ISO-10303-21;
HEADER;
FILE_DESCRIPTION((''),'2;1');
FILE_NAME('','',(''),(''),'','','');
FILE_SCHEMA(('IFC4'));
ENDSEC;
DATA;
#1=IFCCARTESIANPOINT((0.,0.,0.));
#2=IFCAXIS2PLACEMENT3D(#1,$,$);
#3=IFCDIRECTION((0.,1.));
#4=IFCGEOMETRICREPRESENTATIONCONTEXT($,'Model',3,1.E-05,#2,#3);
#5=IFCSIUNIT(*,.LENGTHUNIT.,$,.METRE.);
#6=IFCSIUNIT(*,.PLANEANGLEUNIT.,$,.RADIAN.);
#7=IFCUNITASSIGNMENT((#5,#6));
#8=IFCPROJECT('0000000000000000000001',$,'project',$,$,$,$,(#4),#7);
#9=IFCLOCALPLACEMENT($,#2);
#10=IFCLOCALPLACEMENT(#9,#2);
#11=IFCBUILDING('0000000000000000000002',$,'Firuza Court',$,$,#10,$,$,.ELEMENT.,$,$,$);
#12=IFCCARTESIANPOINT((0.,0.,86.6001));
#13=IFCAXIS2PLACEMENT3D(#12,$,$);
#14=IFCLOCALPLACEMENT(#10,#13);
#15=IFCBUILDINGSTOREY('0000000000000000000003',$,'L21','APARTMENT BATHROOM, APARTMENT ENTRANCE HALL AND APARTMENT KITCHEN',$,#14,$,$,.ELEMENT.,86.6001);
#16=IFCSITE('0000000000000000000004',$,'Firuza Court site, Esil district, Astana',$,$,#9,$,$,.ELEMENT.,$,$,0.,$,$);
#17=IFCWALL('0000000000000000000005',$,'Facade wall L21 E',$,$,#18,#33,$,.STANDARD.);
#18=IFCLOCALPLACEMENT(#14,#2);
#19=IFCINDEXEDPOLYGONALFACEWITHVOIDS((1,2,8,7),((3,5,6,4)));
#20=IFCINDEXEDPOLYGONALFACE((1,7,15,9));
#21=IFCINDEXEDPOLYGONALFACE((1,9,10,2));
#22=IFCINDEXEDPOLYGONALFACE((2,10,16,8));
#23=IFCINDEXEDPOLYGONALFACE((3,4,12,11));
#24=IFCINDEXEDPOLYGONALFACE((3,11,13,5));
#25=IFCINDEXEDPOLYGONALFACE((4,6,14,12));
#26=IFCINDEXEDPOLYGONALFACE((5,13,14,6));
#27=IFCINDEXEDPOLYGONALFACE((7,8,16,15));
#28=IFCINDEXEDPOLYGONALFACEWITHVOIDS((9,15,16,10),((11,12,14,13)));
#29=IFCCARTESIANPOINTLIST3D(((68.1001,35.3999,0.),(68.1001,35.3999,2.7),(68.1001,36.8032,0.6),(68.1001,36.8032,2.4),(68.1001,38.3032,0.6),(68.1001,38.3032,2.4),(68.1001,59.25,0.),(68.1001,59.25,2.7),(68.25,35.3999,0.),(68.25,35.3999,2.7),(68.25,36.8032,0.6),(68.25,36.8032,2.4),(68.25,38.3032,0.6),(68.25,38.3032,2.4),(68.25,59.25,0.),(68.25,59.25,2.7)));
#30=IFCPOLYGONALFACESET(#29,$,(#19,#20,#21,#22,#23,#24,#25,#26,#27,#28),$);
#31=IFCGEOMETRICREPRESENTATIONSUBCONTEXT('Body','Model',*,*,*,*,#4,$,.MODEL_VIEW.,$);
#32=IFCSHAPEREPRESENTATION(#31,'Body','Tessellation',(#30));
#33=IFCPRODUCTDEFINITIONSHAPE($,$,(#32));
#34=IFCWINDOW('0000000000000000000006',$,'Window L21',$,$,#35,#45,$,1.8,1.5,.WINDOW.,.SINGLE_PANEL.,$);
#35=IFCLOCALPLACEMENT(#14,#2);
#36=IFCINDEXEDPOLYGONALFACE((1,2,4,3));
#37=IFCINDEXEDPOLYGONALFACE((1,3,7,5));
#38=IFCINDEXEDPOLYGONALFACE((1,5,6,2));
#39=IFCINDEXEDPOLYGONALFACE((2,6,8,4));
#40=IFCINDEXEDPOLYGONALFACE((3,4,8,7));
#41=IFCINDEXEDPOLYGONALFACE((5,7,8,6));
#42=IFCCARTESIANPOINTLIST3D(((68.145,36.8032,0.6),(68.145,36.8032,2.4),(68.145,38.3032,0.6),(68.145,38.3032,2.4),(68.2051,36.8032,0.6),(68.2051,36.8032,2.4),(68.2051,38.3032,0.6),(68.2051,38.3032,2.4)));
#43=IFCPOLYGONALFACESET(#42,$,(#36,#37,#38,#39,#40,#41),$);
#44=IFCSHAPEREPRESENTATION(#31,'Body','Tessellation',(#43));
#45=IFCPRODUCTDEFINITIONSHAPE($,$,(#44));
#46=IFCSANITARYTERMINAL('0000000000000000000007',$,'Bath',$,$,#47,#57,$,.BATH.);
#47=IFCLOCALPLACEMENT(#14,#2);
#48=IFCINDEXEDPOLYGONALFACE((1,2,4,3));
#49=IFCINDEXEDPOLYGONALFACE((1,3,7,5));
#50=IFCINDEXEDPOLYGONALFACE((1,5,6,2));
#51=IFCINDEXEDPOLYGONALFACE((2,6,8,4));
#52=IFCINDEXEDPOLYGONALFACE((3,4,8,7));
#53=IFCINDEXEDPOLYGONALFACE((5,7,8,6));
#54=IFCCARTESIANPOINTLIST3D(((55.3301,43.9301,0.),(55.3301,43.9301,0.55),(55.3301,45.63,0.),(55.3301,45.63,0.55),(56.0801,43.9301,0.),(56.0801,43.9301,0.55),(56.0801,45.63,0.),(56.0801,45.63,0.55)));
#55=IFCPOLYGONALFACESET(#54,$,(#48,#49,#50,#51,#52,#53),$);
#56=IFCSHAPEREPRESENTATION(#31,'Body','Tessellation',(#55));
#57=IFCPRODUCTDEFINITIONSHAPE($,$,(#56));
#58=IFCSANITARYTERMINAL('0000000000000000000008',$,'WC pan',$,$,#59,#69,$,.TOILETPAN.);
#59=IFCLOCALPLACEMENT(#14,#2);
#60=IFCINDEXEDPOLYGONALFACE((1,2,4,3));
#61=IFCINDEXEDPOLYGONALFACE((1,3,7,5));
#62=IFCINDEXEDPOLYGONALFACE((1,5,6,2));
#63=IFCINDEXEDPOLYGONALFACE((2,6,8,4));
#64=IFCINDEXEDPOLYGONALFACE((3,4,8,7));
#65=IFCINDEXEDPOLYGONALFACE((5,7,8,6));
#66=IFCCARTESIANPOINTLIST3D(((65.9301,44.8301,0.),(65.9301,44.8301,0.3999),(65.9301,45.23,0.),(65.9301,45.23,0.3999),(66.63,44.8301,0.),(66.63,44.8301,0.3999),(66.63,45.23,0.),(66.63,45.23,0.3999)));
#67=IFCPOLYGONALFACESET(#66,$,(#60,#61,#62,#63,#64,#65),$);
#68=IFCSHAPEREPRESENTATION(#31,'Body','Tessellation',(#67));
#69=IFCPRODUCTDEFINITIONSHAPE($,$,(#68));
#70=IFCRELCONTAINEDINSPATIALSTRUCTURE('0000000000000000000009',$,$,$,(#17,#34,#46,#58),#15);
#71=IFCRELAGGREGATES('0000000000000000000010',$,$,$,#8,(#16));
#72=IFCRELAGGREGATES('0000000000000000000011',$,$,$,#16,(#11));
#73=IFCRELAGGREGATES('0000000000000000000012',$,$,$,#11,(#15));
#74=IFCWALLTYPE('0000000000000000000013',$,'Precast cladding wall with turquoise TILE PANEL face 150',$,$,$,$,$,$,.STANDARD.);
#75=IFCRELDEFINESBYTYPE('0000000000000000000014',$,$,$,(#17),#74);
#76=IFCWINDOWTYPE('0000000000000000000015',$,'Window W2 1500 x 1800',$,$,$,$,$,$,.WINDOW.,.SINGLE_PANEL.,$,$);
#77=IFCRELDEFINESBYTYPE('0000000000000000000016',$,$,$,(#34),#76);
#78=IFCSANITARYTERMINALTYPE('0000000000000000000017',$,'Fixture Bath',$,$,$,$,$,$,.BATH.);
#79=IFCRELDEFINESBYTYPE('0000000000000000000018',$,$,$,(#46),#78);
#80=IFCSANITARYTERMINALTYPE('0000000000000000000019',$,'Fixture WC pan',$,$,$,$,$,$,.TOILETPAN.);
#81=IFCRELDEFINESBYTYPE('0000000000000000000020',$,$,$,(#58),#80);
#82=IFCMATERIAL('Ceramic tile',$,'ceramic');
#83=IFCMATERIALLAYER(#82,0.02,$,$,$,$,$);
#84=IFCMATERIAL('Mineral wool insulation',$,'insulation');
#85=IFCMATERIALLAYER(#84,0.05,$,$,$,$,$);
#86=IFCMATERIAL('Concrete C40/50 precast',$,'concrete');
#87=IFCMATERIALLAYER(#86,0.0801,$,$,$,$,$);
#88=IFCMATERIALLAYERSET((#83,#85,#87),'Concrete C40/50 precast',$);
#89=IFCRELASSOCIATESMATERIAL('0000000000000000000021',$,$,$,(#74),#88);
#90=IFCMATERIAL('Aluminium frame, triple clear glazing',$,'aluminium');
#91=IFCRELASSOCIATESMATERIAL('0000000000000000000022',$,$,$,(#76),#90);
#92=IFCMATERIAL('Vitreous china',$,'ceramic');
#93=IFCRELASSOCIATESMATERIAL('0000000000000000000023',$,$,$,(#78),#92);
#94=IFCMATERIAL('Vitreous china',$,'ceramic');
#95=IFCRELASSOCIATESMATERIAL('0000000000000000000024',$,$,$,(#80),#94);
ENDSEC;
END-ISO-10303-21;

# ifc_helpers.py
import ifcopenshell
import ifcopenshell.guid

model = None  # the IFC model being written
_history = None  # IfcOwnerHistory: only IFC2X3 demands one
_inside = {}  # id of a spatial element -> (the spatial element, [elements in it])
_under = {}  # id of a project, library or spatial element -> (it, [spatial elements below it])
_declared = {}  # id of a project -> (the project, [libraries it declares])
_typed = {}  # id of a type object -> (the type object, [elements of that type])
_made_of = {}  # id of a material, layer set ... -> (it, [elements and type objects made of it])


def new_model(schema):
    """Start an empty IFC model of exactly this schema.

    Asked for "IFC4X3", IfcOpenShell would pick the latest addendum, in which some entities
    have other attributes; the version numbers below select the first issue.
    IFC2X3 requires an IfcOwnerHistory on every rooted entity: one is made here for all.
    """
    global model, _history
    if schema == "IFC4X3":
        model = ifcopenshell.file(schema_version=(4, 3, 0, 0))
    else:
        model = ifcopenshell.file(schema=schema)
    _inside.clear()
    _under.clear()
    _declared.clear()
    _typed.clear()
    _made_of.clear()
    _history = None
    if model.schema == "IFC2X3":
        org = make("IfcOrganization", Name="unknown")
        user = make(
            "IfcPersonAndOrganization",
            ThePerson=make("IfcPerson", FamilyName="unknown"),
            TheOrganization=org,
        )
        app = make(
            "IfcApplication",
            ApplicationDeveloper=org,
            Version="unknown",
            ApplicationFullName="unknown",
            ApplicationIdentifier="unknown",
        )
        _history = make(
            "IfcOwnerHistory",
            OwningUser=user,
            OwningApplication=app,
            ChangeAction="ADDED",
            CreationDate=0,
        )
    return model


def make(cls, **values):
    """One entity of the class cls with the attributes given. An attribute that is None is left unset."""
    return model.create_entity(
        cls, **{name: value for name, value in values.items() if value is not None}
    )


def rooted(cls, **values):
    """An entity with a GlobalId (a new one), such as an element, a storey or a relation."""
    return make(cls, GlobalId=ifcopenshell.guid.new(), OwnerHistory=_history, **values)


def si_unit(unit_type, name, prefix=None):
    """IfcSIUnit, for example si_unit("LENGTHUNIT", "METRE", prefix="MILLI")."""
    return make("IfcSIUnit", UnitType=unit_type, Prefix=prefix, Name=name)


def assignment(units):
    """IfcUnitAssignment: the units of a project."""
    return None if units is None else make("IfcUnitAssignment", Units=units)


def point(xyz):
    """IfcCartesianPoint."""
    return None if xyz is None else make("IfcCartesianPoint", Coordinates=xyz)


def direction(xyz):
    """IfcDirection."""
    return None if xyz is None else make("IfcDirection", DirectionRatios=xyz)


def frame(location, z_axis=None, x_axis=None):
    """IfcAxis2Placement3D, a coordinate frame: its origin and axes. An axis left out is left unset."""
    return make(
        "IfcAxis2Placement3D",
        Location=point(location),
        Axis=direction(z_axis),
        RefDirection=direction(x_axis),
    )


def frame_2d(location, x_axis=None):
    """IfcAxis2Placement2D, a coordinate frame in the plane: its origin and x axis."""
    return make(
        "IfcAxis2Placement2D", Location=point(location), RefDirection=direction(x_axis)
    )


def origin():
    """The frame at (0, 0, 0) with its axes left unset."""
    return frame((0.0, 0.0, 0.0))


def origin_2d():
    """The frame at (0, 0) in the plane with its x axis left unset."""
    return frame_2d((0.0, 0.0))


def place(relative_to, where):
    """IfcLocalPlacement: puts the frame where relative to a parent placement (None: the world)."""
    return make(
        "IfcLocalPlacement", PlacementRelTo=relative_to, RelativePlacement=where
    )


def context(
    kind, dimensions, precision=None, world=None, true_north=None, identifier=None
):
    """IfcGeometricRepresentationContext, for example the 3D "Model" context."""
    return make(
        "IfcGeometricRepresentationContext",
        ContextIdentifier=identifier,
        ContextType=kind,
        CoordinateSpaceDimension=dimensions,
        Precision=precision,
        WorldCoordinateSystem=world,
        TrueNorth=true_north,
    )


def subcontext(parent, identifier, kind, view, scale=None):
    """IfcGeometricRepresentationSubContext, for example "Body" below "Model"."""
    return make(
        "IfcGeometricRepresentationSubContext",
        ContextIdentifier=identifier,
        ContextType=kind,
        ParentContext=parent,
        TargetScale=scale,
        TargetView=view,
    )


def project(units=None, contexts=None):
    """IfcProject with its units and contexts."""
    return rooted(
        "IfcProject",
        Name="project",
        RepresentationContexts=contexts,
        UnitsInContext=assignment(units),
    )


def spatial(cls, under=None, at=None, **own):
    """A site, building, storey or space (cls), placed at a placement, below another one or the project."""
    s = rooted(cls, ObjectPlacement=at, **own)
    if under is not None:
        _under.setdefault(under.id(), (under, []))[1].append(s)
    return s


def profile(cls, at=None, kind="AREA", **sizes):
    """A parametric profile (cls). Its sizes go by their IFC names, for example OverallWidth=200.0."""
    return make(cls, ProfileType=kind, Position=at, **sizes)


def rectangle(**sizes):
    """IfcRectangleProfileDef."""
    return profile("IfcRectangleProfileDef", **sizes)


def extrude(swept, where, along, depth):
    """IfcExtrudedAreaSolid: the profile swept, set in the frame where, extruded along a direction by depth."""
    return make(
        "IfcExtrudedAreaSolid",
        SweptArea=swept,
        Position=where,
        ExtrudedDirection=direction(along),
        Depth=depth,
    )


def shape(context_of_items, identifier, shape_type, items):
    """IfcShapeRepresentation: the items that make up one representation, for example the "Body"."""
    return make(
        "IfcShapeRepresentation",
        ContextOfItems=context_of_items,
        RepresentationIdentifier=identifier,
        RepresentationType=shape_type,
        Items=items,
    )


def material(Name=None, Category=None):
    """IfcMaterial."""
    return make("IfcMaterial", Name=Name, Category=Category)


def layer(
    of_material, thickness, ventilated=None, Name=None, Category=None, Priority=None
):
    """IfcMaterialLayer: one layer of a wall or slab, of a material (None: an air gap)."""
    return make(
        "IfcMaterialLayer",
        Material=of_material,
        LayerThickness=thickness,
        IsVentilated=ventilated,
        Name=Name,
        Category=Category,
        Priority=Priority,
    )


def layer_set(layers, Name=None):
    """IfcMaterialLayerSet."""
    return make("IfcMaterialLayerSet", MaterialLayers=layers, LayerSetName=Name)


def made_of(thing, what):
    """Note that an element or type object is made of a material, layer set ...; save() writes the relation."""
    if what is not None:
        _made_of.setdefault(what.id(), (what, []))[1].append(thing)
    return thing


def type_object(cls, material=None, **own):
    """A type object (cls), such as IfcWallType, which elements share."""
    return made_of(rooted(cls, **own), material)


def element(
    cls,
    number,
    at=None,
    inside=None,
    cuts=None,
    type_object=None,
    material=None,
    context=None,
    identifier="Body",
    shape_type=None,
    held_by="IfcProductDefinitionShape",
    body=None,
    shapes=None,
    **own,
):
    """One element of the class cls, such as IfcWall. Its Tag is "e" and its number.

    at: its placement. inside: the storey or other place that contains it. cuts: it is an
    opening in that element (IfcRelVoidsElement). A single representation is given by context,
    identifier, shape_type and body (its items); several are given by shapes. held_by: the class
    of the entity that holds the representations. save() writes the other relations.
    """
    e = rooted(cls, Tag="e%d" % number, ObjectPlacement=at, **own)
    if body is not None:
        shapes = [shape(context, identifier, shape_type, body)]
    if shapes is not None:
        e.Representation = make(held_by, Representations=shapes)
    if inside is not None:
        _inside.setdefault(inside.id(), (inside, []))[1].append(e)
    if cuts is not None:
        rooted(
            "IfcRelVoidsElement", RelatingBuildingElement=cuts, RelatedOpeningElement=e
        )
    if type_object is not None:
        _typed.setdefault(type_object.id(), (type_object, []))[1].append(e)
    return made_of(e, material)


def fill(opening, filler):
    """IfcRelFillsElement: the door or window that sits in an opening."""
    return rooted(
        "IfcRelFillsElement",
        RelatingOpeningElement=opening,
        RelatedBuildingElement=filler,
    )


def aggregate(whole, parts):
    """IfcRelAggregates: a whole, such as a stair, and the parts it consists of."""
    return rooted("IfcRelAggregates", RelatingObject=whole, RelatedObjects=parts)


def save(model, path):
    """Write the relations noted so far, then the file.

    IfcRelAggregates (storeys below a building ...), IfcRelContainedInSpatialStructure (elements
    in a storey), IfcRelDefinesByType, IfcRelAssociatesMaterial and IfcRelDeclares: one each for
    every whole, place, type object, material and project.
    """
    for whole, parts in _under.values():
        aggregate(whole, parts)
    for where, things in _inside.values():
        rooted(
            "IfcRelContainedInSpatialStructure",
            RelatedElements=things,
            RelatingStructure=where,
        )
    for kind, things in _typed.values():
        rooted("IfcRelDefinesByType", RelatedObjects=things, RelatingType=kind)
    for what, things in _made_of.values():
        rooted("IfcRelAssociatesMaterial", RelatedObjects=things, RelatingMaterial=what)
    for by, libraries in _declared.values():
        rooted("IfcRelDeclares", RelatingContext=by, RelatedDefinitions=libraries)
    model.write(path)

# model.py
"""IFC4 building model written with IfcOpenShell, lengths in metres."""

from ifc_helpers import new_model, si_unit, direction, frame, frame_2d, origin, origin_2d, place, context, subcontext, project, spatial, rectangle, extrude, material, layer, layer_set, type_object, element, fill, save


model = new_model("IFC4")

# Units and contexts
model_context = context("Model", 3, precision=1e-05, world=origin(), true_north=direction((0.0, 1.0)))
body_context = subcontext(model_context, "Body", "Model", "MODEL_VIEW")
ifc_project = project(units=[si_unit("LENGTHUNIT", "METRE"), si_unit("PLANEANGLEUNIT", "RADIAN")], contexts=[model_context])

# Site, building, storey
site_placement = place(None, origin())
site = spatial("IfcSite", under=ifc_project, at=site_placement, Name="Firuza Court site, Esil district, Astana", CompositionType="ELEMENT", RefElevation=0.0)
building_placement = place(site_placement, origin())
building = spatial("IfcBuilding", under=site, at=building_placement, Name="Firuza Court", CompositionType="ELEMENT")
storey_placement = place(building_placement, frame((0.0, 0.0, 86.6001)))
storey = spatial("IfcBuildingStorey", under=building, at=storey_placement, Name="L21", Description="APARTMENT BATHROOM, APARTMENT ENTRANCE HALL AND APARTMENT KITCHEN", CompositionType="ELEMENT", Elevation=86.6001)

# Wall, opening, window
ifc_material_1 = material(Name="Ceramic tile", Category="ceramic")
ifc_layer_1 = layer(ifc_material_1, 0.02)
ifc_material_2 = material(Name="Mineral wool insulation", Category="insulation")
ifc_layer_2 = layer(ifc_material_2, 0.05)
ifc_material_3 = material(Name="Concrete C40/50 precast", Category="concrete")
ifc_layer_3 = layer(ifc_material_3, 0.0801)
ifc_layer_set_1 = layer_set([ifc_layer_1, ifc_layer_2, ifc_layer_3], Name="Concrete C40/50 precast")
wall_type_1 = type_object("IfcWallType", Name="Precast cladding wall with turquoise TILE PANEL face 150", PredefinedType="STANDARD", material=ifc_layer_set_1)
wall_1_placement = place(storey_placement, frame((68.175, 35.3999, 0.0), z_axis=(0.0, 0.0, 1.0), x_axis=(0.0, 1.0, 0.0)))
wall_1 = element("IfcWall", 1, at=wall_1_placement, inside=storey, type_object=wall_type_1, Name="Facade wall L21 E", PredefinedType="STANDARD", context=body_context, shape_type="SweptSolid", body=[
    extrude(rectangle(XDim=23.8501, YDim=0.1499, at=frame_2d((11.925, 0.0))), origin(), (0.0, 0.0, 1.0), 2.7),
])
opening_1_placement = place(wall_1_placement, frame((1.4033, 0.0, 0.6001)))
opening_1 = element("IfcOpeningElement", 2, at=opening_1_placement, cuts=wall_1, PredefinedType="OPENING", context=body_context, shape_type="SweptSolid", body=[
    extrude(rectangle(XDim=1.5, YDim=1.8, at=frame_2d((0.75, 0.8999))), frame((0.0, 0.0869, 0.0), z_axis=(0.0, -1.0, 0.0), x_axis=(1.0, 0.0, 0.0)), (0.0, 0.0, 1.0), 0.1738),
])
ifc_material_4 = material(Name="Aluminium frame, triple clear glazing", Category="aluminium")
window_type = type_object("IfcWindowType", Name="Window W2 1500 x 1800", PartitioningType="SINGLE_PANEL", PredefinedType="WINDOW", material=ifc_material_4)
window_placement = place(opening_1_placement, origin())
window = element("IfcWindow", 3, at=window_placement, inside=storey, type_object=window_type, Name="Window L21", OverallHeight=1.8, OverallWidth=1.5, PartitioningType="SINGLE_PANEL", PredefinedType="WINDOW", context=body_context, shape_type="SweptSolid", body=[
    extrude(rectangle(XDim=1.5, YDim=1.8, at=frame_2d((0.75, 0.8999))), frame((0.0, 0.03, 0.0), z_axis=(0.0, -1.0, 0.0), x_axis=(1.0, 0.0, 0.0)), (0.0, 0.0, 1.0), 0.0601),
])
fill(opening_1, window)

# Sanitary terminals
ifc_material_5 = material(Name="Vitreous china", Category="ceramic")
sanitary_terminal_type_1 = type_object("IfcSanitaryTerminalType", Name="Fixture Bath", PredefinedType="BATH", material=ifc_material_5)
sanitary_terminal_1_placement = place(storey_placement, frame((55.7051, 44.78, 0.0), z_axis=(0.0, 0.0, 1.0), x_axis=(1.0, 0.0, 0.0)))
element("IfcSanitaryTerminal", 4, at=sanitary_terminal_1_placement, inside=storey, type_object=sanitary_terminal_type_1, Name="Bath", PredefinedType="BATH", context=body_context, shape_type="SweptSolid", body=[
    extrude(rectangle(XDim=0.75, YDim=1.7, at=origin_2d()), origin(), (0.0, 0.0, 1.0), 0.55),
])
ifc_material_6 = material(Name="Vitreous china", Category="ceramic")
sanitary_terminal_type_2 = type_object("IfcSanitaryTerminalType", Name="Fixture WC pan", PredefinedType="TOILETPAN", material=ifc_material_6)
sanitary_terminal_2_placement = place(storey_placement, frame((66.28, 45.03, 0.0), z_axis=(0.0, 0.0, 1.0), x_axis=(1.0, 0.0, 0.0)))
element("IfcSanitaryTerminal", 5, at=sanitary_terminal_2_placement, inside=storey, type_object=sanitary_terminal_type_2, Name="WC pan", PredefinedType="TOILETPAN", context=body_context, shape_type="SweptSolid", body=[
    extrude(rectangle(XDim=0.7, YDim=0.3999, at=origin_2d()), origin(), (0.0, 0.0, 1.0), 0.3999),
])

save(model, "model.ifc")
